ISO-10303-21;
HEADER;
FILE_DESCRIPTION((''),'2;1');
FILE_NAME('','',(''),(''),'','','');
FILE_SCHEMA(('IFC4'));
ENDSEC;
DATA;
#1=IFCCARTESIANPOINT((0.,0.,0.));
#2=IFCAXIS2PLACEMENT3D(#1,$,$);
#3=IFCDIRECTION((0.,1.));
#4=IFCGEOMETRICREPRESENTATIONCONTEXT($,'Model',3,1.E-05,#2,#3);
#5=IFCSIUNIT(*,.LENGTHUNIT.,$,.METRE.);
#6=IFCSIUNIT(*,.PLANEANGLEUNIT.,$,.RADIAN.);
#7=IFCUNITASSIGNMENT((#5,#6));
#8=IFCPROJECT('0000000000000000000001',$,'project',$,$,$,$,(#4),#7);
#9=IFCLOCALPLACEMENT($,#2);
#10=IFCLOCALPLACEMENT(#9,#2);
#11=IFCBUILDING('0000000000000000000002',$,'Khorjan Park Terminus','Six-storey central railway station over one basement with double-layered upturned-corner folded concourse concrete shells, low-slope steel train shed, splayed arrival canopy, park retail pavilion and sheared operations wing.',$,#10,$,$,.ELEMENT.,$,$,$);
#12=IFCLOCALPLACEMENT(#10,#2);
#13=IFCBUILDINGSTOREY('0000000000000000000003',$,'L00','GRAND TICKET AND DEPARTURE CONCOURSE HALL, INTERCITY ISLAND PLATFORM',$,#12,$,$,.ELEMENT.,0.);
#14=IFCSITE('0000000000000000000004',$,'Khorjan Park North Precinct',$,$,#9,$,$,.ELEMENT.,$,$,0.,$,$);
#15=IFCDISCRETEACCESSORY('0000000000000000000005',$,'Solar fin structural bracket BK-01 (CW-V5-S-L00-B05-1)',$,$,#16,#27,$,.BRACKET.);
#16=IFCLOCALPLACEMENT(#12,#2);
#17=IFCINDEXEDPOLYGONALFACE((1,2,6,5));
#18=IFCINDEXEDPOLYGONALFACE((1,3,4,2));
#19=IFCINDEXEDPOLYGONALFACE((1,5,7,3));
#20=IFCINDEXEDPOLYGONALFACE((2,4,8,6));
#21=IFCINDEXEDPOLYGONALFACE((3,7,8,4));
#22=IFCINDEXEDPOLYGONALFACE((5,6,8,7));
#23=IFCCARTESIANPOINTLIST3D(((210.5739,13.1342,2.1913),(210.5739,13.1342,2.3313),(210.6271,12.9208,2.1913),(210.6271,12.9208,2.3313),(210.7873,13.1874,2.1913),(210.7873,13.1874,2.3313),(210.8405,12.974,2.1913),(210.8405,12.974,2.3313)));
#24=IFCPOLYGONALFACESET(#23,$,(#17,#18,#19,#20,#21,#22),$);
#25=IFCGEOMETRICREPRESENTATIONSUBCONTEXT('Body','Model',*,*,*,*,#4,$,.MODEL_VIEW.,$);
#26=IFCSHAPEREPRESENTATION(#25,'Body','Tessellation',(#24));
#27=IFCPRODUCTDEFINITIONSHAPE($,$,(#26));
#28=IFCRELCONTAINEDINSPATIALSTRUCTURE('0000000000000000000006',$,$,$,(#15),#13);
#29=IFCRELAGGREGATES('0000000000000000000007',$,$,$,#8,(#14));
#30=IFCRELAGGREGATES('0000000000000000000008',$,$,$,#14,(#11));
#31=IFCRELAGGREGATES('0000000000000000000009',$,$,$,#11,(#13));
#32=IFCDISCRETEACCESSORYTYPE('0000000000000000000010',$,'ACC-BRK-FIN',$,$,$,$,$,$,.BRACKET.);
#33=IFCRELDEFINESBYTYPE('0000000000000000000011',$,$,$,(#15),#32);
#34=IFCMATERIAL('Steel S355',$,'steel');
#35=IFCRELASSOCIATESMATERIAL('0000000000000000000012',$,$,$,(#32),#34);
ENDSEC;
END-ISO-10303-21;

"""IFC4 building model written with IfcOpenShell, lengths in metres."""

from ifc_helpers import new_model, si_unit, direction, frame, origin, origin_2d, place, context, subcontext, project, spatial, rectangle, extrude, material, type_object, element, save


model = new_model("IFC4")

# Units and contexts
model_context = context("Model", 3, precision=1e-05, world=origin(), true_north=direction((0.0, 1.0)))
body_context = subcontext(model_context, "Body", "Model", "MODEL_VIEW")
ifc_project = project(units=[si_unit("LENGTHUNIT", "METRE"), si_unit("PLANEANGLEUNIT", "RADIAN")], contexts=[model_context])

# Site, building, storey
site_placement = place(None, origin())
site = spatial("IfcSite", under=ifc_project, at=site_placement, Name="Khorjan Park North Precinct", CompositionType="ELEMENT", RefElevation=0.0)
building_placement = place(site_placement, origin())
building = spatial("IfcBuilding", under=site, at=building_placement, Name="Khorjan Park Terminus", Description="Six-storey central railway station over one basement with double-layered upturned-corner folded concourse concrete shells, low-slope steel train shed, splayed arrival canopy, park retail pavilion and sheared operations wing.", CompositionType="ELEMENT")
storey_placement = place(building_placement, origin())
storey = spatial("IfcBuildingStorey", under=building, at=storey_placement, Name="L00", Description="GRAND TICKET AND DEPARTURE CONCOURSE HALL, INTERCITY ISLAND PLATFORM", CompositionType="ELEMENT", Elevation=0.0)

# Shared definitions
ifc_material_1 = material(Name="Steel S355", Category="steel")

# Discrete accessory
discrete_accessory_type = type_object("IfcDiscreteAccessoryType", Name="ACC-BRK-FIN", PredefinedType="BRACKET", material=ifc_material_1)
discrete_accessory_placement = place(storey_placement, frame((210.7072, 13.0541, 2.1913), z_axis=(0.0, 0.0, 1.0), x_axis=(0.970298, 0.241912, 0.0)))
element("IfcDiscreteAccessory", 1, at=discrete_accessory_placement, inside=storey, type_object=discrete_accessory_type, Name="Solar fin structural bracket BK-01 (CW-V5-S-L00-B05-1)", PredefinedType="BRACKET", context=body_context, shape_type="SweptSolid", body=[
    extrude(rectangle(XDim=0.22, YDim=0.22, at=origin_2d()), origin(), (0.0, 0.0, 1.0), 0.14),
])

save(model, "model.ifc")
